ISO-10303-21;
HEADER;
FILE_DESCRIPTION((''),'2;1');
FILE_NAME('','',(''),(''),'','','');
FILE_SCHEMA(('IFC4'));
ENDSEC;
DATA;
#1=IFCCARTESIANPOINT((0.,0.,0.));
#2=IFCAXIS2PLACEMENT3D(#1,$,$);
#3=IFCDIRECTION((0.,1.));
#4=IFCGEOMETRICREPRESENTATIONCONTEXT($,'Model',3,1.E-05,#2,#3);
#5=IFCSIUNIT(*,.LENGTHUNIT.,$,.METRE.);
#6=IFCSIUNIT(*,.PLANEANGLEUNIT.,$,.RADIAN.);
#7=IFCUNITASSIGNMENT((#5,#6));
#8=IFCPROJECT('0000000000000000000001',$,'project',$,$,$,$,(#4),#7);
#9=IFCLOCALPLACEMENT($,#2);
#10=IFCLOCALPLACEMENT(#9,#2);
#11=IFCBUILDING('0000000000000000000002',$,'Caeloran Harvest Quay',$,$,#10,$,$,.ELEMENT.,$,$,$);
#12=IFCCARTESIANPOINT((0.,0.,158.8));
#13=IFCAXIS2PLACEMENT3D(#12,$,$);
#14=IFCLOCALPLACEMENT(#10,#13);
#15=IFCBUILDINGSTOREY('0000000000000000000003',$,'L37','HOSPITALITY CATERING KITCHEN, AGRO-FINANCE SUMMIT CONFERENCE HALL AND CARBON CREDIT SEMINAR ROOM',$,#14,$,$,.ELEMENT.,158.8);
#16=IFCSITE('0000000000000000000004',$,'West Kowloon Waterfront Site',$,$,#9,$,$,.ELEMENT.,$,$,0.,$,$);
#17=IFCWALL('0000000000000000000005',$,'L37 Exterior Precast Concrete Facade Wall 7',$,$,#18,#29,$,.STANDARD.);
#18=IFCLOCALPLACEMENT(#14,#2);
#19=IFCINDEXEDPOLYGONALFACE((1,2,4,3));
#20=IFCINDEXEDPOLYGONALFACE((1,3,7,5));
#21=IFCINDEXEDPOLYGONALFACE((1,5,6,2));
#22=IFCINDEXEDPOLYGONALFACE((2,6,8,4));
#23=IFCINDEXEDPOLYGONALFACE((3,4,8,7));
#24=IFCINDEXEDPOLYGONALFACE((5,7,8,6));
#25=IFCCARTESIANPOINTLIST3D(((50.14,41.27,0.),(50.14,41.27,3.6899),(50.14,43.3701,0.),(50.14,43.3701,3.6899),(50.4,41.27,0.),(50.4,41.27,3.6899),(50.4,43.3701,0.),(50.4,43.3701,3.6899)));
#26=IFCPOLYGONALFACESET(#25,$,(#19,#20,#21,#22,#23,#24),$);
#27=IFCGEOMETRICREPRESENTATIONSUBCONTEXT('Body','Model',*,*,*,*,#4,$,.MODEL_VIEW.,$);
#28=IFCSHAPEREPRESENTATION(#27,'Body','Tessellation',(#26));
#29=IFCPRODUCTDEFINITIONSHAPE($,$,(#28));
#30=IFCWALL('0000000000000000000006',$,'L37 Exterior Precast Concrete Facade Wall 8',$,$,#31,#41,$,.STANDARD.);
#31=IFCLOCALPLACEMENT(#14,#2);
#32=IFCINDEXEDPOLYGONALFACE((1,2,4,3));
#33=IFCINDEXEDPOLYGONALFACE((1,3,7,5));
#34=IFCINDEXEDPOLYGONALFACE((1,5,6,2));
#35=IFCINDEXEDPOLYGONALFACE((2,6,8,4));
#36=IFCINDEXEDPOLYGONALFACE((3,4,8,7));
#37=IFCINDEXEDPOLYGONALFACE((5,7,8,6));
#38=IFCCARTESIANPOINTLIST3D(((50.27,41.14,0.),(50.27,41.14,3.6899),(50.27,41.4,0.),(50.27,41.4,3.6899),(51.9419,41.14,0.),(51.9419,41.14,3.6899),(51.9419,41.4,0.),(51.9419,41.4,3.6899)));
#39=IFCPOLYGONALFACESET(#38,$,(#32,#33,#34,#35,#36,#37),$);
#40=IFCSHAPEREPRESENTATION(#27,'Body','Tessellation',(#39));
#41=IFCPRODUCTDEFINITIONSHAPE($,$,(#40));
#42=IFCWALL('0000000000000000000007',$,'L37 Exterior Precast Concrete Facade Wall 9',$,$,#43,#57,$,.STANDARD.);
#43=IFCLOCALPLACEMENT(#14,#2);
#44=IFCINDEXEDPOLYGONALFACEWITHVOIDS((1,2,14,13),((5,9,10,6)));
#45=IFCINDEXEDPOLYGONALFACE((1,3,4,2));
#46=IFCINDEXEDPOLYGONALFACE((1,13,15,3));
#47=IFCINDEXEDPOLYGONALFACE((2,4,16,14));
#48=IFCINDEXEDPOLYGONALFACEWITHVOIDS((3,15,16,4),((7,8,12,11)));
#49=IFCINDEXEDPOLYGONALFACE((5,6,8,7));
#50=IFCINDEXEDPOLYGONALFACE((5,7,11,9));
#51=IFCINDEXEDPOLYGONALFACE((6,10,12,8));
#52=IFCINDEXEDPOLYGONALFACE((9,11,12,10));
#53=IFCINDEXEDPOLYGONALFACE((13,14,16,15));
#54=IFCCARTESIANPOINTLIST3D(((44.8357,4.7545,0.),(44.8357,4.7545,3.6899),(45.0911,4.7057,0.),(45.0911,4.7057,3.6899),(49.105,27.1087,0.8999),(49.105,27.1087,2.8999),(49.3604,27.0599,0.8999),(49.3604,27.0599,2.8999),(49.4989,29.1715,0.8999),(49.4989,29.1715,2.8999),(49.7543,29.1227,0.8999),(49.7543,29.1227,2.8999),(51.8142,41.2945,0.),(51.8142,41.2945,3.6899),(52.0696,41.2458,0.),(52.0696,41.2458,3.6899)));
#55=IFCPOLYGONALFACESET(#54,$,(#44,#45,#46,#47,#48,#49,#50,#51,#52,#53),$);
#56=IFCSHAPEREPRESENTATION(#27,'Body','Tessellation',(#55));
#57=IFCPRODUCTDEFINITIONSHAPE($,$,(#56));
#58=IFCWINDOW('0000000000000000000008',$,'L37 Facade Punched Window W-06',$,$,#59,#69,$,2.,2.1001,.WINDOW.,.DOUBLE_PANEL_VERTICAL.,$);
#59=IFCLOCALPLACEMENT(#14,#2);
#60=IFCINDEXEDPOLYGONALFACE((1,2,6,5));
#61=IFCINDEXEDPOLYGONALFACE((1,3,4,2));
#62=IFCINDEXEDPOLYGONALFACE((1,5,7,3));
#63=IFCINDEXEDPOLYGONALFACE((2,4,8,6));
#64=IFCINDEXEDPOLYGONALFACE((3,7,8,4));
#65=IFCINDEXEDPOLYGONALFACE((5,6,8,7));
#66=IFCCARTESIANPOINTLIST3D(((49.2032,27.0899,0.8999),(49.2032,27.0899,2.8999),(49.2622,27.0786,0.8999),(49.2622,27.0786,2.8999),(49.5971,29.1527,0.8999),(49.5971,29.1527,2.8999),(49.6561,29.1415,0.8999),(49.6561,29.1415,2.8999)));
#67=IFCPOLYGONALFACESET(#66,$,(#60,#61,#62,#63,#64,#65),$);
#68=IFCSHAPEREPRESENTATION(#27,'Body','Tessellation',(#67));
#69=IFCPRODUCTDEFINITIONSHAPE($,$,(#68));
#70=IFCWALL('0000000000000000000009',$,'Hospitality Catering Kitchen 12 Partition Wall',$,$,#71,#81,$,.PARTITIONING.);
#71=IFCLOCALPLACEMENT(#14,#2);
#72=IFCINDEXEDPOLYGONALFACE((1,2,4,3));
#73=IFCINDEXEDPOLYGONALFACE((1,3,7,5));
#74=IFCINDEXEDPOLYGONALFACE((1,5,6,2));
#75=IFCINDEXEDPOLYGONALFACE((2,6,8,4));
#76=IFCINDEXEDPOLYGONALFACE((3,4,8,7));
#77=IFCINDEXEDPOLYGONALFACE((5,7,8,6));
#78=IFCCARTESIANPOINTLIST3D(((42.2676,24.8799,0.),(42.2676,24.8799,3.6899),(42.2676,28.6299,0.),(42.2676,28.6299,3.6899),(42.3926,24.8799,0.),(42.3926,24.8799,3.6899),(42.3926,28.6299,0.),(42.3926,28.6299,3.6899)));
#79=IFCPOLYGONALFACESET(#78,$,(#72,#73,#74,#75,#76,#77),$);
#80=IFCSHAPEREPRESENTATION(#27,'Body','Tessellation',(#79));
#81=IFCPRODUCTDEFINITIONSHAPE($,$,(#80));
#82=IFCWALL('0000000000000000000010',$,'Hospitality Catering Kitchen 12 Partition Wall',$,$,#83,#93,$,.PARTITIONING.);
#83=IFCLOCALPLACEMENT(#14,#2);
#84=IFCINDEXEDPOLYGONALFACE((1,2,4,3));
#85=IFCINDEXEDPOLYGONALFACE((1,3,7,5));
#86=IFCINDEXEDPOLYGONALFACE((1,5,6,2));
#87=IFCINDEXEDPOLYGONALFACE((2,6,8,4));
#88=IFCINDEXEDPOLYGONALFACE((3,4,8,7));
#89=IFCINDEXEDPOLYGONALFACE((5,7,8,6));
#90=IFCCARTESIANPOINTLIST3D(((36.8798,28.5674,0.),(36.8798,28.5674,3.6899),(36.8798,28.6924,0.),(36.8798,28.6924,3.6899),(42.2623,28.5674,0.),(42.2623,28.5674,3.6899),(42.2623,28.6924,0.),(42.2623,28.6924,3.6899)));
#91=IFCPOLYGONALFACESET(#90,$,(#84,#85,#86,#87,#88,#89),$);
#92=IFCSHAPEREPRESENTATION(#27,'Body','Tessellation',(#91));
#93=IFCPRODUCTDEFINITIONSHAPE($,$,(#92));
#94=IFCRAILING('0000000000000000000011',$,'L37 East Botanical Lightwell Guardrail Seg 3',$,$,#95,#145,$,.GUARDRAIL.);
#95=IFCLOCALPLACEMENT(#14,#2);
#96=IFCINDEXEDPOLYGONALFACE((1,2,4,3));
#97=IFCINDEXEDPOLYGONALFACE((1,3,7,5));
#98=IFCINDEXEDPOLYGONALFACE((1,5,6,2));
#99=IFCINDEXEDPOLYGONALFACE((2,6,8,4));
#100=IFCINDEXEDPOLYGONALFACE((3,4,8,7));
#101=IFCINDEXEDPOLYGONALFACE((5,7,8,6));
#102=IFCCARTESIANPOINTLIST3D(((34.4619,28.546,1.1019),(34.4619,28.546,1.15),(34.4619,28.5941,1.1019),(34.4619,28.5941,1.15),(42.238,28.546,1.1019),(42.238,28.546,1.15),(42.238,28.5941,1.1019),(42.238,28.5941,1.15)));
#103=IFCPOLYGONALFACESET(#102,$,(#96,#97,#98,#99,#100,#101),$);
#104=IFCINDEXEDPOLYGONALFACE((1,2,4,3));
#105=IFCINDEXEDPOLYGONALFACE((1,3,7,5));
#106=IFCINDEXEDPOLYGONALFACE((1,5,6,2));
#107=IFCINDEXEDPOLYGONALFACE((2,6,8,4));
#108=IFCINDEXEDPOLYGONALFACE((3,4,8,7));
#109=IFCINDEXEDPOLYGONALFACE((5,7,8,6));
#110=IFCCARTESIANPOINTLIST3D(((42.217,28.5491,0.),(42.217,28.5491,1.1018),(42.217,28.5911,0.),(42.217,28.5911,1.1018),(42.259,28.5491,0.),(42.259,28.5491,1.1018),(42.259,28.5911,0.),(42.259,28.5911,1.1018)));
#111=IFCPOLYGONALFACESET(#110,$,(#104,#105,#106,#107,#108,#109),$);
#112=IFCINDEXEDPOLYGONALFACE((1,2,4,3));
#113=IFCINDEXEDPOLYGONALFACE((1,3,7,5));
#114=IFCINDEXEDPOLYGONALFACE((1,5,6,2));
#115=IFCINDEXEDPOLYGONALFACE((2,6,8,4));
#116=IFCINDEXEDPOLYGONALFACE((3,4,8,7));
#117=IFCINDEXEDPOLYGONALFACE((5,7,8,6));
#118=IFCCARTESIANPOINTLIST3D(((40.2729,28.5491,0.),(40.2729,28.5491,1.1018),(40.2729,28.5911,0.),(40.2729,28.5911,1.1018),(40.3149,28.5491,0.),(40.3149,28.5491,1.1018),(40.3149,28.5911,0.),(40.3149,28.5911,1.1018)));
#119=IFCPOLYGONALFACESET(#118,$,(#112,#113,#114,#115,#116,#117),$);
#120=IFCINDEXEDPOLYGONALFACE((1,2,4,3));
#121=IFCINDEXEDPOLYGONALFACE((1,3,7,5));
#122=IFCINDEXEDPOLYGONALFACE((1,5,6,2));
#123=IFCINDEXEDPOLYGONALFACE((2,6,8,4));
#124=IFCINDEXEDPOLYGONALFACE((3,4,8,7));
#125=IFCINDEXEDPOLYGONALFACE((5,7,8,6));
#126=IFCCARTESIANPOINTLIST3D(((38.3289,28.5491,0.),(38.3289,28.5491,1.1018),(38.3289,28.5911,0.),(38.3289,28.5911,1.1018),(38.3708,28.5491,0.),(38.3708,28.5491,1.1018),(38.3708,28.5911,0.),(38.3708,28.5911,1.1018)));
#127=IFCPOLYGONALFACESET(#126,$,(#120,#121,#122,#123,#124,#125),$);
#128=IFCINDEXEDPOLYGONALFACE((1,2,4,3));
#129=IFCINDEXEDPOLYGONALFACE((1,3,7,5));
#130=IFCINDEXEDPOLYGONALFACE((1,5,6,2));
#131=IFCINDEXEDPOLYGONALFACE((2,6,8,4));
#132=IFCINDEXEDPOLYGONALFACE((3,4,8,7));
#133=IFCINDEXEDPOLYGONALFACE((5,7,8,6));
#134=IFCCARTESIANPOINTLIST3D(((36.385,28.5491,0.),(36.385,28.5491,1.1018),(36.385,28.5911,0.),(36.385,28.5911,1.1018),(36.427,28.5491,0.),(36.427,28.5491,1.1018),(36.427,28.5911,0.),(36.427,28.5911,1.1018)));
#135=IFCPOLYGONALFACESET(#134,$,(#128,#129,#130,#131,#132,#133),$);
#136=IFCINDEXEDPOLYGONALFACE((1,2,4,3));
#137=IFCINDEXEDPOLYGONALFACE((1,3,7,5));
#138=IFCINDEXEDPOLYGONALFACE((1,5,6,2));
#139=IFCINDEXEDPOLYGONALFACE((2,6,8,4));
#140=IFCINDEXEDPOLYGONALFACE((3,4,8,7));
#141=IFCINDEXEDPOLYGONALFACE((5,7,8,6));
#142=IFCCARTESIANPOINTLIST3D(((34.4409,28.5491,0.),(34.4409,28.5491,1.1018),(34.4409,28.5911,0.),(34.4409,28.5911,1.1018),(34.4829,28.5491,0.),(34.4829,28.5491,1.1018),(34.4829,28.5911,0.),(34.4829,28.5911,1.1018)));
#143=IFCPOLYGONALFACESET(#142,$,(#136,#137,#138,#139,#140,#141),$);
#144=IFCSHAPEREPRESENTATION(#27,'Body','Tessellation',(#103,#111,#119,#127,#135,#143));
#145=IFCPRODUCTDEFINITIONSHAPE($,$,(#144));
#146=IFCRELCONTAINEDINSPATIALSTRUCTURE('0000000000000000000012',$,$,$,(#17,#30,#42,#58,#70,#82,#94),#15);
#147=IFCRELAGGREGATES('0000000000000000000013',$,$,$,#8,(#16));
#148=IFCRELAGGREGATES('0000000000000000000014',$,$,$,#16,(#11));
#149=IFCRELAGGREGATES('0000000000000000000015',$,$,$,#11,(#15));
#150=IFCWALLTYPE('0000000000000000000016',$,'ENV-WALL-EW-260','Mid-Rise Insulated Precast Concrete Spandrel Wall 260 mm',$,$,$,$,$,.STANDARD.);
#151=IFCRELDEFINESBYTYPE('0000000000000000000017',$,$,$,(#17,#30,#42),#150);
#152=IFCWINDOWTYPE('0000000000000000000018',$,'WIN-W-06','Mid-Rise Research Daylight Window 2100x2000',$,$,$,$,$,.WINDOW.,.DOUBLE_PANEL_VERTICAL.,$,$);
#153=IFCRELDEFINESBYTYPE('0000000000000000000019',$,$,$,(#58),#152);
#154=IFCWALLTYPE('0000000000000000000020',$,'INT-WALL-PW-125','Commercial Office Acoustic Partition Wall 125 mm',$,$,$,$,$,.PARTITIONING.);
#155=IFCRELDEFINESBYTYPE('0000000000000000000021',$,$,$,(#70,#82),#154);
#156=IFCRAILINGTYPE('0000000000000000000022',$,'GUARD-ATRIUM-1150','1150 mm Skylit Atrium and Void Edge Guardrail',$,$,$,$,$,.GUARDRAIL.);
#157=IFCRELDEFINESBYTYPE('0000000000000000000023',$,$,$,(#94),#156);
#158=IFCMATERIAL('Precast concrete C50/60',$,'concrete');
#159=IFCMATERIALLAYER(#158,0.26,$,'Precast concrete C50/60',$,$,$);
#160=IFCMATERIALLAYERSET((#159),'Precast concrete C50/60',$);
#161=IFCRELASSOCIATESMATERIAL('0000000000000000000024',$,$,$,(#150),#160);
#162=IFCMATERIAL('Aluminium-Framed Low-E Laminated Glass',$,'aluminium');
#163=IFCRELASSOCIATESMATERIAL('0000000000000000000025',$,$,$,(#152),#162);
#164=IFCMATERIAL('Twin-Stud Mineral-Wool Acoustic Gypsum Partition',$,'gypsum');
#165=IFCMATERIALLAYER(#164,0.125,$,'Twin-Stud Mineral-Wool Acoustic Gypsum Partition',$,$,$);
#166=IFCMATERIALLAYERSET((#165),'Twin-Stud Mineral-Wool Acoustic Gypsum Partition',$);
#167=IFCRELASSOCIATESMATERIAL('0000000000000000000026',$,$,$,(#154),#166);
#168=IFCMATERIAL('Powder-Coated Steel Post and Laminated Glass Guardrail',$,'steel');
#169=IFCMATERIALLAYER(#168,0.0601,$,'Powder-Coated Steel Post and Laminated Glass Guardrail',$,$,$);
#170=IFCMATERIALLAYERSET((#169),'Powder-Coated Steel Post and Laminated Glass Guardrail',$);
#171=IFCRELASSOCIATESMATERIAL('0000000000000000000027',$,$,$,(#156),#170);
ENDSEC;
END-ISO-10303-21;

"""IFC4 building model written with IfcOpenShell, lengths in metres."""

from ifc_helpers import new_model, si_unit, direction, frame, frame_2d, origin, origin_2d, place, context, subcontext, project, spatial, rectangle, extrude, material, layer, layer_set, type_object, element, fill, save


model = new_model("IFC4")

# Units and contexts
model_context = context("Model", 3, precision=1e-05, world=origin(), true_north=direction((0.0, 1.0)))
body_context = subcontext(model_context, "Body", "Model", "MODEL_VIEW")
ifc_project = project(units=[si_unit("LENGTHUNIT", "METRE"), si_unit("PLANEANGLEUNIT", "RADIAN")], contexts=[model_context])

# Site, building, storey
site_placement = place(None, origin())
site = spatial("IfcSite", under=ifc_project, at=site_placement, Name="West Kowloon Waterfront Site", CompositionType="ELEMENT", RefElevation=0.0)
building_placement = place(site_placement, origin())
building = spatial("IfcBuilding", under=site, at=building_placement, Name="Caeloran Harvest Quay", CompositionType="ELEMENT")
storey_placement = place(building_placement, frame((0.0, 0.0, 158.8)))
storey = spatial("IfcBuildingStorey", under=building, at=storey_placement, Name="L37", Description="HOSPITALITY CATERING KITCHEN, AGRO-FINANCE SUMMIT CONFERENCE HALL AND CARBON CREDIT SEMINAR ROOM", CompositionType="ELEMENT", Elevation=158.8)

# Walls
ifc_material_1 = material(Name="Precast concrete C50/60", Category="concrete")
ifc_layer_1 = layer(ifc_material_1, 0.26, Name="Precast concrete C50/60")
ifc_layer_set_1 = layer_set([ifc_layer_1], Name="Precast concrete C50/60")
wall_type_1 = type_object("IfcWallType", Name="ENV-WALL-EW-260", Description="Mid-Rise Insulated Precast Concrete Spandrel Wall 260 mm", PredefinedType="STANDARD", material=ifc_layer_set_1)
wall_1_placement = place(storey_placement, frame((50.27, 43.3701, 0.0), z_axis=(0.0, 0.0, 1.0), x_axis=(0.0, -1.0, 0.0)))
element("IfcWall", 1, at=wall_1_placement, inside=storey, type_object=wall_type_1, Name="L37 Exterior Precast Concrete Facade Wall 7", PredefinedType="STANDARD", context=body_context, shape_type="SweptSolid", body=[
    extrude(rectangle(XDim=2.1001, YDim=0.26, at=frame_2d((1.05, 0.0))), origin(), (0.0, 0.0, 1.0), 3.6899),
])
wall_2_placement = place(storey_placement, frame((50.27, 41.27, 0.0), z_axis=(0.0, 0.0, 1.0), x_axis=(1.0, 0.0, 0.0)))
element("IfcWall", 2, at=wall_2_placement, inside=storey, type_object=wall_type_1, Name="L37 Exterior Precast Concrete Facade Wall 8", PredefinedType="STANDARD", context=body_context, shape_type="SweptSolid", body=[
    extrude(rectangle(XDim=1.6719, YDim=0.26, at=frame_2d((0.8359, 0.0))), origin(), (0.0, 0.0, 1.0), 3.6899),
])

# Wall, opening, window
wall_3_placement = place(storey_placement, frame((51.9419, 41.27, 0.0), z_axis=(0.0, 0.0, 1.0), x_axis=(-0.187592, -0.982247, 0.0)))
wall_3 = element("IfcWall", 3, at=wall_3_placement, inside=storey, type_object=wall_type_1, Name="L37 Exterior Precast Concrete Facade Wall 9", PredefinedType="STANDARD", context=body_context, shape_type="SweptSolid", body=[
    extrude(rectangle(XDim=37.2004, YDim=0.26, at=frame_2d((18.6001, 0.0))), origin(), (0.0, 0.0, 1.0), 3.6899),
])
opening_placement = place(wall_3_placement, frame((12.342, 0.0, 0.8999)))
opening = element("IfcOpeningElement", 4, at=opening_placement, cuts=wall_3, PredefinedType="OPENING", context=body_context, shape_type="SweptSolid", body=[
    extrude(rectangle(XDim=2.1001, YDim=2.0, at=frame_2d((1.05, 1.0))), frame((0.0, 0.1401, 0.0), z_axis=(0.0, -1.0, 0.0), x_axis=(1.0, 0.0, 0.0)), (0.0, 0.0, 1.0), 0.28),
])
ifc_material_2 = material(Name="Aluminium-Framed Low-E Laminated Glass", Category="aluminium")
window_type = type_object("IfcWindowType", Name="WIN-W-06", Description="Mid-Rise Research Daylight Window 2100x2000", PartitioningType="DOUBLE_PANEL_VERTICAL", PredefinedType="WINDOW", material=ifc_material_2)
window_placement = place(opening_placement, origin())
window = element("IfcWindow", 5, at=window_placement, inside=storey, type_object=window_type, Name="L37 Facade Punched Window W-06", OverallHeight=2.0, OverallWidth=2.1001, PartitioningType="DOUBLE_PANEL_VERTICAL", PredefinedType="WINDOW", context=body_context, shape_type="SweptSolid", body=[
    extrude(rectangle(XDim=2.1001, YDim=2.0, at=frame_2d((1.05, 1.0))), frame((0.0, 0.03, 0.0), z_axis=(0.0, -1.0, 0.0), x_axis=(1.0, 0.0, 0.0)), (0.0, 0.0, 1.0), 0.0601),
])
fill(opening, window)

# Walls
ifc_material_3 = material(Name="Twin-Stud Mineral-Wool Acoustic Gypsum Partition", Category="gypsum")
ifc_layer_2 = layer(ifc_material_3, 0.125, Name="Twin-Stud Mineral-Wool Acoustic Gypsum Partition")
ifc_layer_set_2 = layer_set([ifc_layer_2], Name="Twin-Stud Mineral-Wool Acoustic Gypsum Partition")
wall_type_2 = type_object("IfcWallType", Name="INT-WALL-PW-125", Description="Commercial Office Acoustic Partition Wall 125 mm", PredefinedType="PARTITIONING", material=ifc_layer_set_2)
wall_4_placement = place(storey_placement, frame((42.3301, 24.8799, 0.0), z_axis=(0.0, 0.0, 1.0), x_axis=(0.0, 1.0, 0.0)))
element("IfcWall", 6, at=wall_4_placement, inside=storey, type_object=wall_type_2, Name="Hospitality Catering Kitchen 12 Partition Wall", PredefinedType="PARTITIONING", context=body_context, shape_type="SweptSolid", body=[
    extrude(rectangle(XDim=3.75, YDim=0.125, at=frame_2d((1.875, 0.0))), origin(), (0.0, 0.0, 1.0), 3.6899),
])
wall_5_placement = place(storey_placement, frame((42.2625, 28.6299, 0.0), z_axis=(0.0, 0.0, 1.0), x_axis=(-1.0, 0.0, 0.0)))
element("IfcWall", 7, at=wall_5_placement, inside=storey, type_object=wall_type_2, Name="Hospitality Catering Kitchen 12 Partition Wall", PredefinedType="PARTITIONING", context=body_context, shape_type="SweptSolid", body=[
    extrude(rectangle(XDim=5.3826, YDim=0.125, at=frame_2d((2.6914, 0.0))), origin(), (0.0, 0.0, 1.0), 3.6899),
])

# Railing
ifc_material_4 = material(Name="Powder-Coated Steel Post and Laminated Glass Guardrail", Category="steel")
ifc_layer_3 = layer(ifc_material_4, 0.0601, Name="Powder-Coated Steel Post and Laminated Glass Guardrail")
ifc_layer_set_3 = layer_set([ifc_layer_3], Name="Powder-Coated Steel Post and Laminated Glass Guardrail")
railing_type = type_object("IfcRailingType", Name="GUARD-ATRIUM-1150", Description="1150 mm Skylit Atrium and Void Edge Guardrail", PredefinedType="GUARDRAIL", material=ifc_layer_set_3)
railing_placement = place(storey_placement, frame((42.238, 28.5701, 0.0)))
element("IfcRailing", 8, at=railing_placement, inside=storey, type_object=railing_type, Name="L37 East Botanical Lightwell Guardrail Seg 3", PredefinedType="GUARDRAIL", context=body_context, shape_type="SweptSolid", body=[
    extrude(rectangle(XDim=0.0481, YDim=0.0481, at=origin_2d()), frame((0.0, 0.0, 1.126), z_axis=(-1.0, 0.0, 0.0), x_axis=(0.0, -1.0, 0.0)), (0.0, 0.0, 1.0), 7.7761),
    extrude(rectangle(XDim=0.042, YDim=0.042, at=origin_2d()), origin(), (0.0, 0.0, 1.0), 1.1018),
    extrude(rectangle(XDim=0.042, YDim=0.042, at=origin_2d()), frame((-1.9441, 0.0, 0.0)), (0.0, 0.0, 1.0), 1.1018),
    extrude(rectangle(XDim=0.042, YDim=0.042, at=origin_2d()), frame((-3.8882, 0.0, 0.0)), (0.0, 0.0, 1.0), 1.1018),
    extrude(rectangle(XDim=0.042, YDim=0.042, at=origin_2d()), frame((-5.832, 0.0, 0.0)), (0.0, 0.0, 1.0), 1.1018),
    extrude(rectangle(XDim=0.042, YDim=0.042, at=origin_2d()), frame((-7.7761, 0.0, 0.0)), (0.0, 0.0, 1.0), 1.1018),
])

save(model, "model.ifc")
